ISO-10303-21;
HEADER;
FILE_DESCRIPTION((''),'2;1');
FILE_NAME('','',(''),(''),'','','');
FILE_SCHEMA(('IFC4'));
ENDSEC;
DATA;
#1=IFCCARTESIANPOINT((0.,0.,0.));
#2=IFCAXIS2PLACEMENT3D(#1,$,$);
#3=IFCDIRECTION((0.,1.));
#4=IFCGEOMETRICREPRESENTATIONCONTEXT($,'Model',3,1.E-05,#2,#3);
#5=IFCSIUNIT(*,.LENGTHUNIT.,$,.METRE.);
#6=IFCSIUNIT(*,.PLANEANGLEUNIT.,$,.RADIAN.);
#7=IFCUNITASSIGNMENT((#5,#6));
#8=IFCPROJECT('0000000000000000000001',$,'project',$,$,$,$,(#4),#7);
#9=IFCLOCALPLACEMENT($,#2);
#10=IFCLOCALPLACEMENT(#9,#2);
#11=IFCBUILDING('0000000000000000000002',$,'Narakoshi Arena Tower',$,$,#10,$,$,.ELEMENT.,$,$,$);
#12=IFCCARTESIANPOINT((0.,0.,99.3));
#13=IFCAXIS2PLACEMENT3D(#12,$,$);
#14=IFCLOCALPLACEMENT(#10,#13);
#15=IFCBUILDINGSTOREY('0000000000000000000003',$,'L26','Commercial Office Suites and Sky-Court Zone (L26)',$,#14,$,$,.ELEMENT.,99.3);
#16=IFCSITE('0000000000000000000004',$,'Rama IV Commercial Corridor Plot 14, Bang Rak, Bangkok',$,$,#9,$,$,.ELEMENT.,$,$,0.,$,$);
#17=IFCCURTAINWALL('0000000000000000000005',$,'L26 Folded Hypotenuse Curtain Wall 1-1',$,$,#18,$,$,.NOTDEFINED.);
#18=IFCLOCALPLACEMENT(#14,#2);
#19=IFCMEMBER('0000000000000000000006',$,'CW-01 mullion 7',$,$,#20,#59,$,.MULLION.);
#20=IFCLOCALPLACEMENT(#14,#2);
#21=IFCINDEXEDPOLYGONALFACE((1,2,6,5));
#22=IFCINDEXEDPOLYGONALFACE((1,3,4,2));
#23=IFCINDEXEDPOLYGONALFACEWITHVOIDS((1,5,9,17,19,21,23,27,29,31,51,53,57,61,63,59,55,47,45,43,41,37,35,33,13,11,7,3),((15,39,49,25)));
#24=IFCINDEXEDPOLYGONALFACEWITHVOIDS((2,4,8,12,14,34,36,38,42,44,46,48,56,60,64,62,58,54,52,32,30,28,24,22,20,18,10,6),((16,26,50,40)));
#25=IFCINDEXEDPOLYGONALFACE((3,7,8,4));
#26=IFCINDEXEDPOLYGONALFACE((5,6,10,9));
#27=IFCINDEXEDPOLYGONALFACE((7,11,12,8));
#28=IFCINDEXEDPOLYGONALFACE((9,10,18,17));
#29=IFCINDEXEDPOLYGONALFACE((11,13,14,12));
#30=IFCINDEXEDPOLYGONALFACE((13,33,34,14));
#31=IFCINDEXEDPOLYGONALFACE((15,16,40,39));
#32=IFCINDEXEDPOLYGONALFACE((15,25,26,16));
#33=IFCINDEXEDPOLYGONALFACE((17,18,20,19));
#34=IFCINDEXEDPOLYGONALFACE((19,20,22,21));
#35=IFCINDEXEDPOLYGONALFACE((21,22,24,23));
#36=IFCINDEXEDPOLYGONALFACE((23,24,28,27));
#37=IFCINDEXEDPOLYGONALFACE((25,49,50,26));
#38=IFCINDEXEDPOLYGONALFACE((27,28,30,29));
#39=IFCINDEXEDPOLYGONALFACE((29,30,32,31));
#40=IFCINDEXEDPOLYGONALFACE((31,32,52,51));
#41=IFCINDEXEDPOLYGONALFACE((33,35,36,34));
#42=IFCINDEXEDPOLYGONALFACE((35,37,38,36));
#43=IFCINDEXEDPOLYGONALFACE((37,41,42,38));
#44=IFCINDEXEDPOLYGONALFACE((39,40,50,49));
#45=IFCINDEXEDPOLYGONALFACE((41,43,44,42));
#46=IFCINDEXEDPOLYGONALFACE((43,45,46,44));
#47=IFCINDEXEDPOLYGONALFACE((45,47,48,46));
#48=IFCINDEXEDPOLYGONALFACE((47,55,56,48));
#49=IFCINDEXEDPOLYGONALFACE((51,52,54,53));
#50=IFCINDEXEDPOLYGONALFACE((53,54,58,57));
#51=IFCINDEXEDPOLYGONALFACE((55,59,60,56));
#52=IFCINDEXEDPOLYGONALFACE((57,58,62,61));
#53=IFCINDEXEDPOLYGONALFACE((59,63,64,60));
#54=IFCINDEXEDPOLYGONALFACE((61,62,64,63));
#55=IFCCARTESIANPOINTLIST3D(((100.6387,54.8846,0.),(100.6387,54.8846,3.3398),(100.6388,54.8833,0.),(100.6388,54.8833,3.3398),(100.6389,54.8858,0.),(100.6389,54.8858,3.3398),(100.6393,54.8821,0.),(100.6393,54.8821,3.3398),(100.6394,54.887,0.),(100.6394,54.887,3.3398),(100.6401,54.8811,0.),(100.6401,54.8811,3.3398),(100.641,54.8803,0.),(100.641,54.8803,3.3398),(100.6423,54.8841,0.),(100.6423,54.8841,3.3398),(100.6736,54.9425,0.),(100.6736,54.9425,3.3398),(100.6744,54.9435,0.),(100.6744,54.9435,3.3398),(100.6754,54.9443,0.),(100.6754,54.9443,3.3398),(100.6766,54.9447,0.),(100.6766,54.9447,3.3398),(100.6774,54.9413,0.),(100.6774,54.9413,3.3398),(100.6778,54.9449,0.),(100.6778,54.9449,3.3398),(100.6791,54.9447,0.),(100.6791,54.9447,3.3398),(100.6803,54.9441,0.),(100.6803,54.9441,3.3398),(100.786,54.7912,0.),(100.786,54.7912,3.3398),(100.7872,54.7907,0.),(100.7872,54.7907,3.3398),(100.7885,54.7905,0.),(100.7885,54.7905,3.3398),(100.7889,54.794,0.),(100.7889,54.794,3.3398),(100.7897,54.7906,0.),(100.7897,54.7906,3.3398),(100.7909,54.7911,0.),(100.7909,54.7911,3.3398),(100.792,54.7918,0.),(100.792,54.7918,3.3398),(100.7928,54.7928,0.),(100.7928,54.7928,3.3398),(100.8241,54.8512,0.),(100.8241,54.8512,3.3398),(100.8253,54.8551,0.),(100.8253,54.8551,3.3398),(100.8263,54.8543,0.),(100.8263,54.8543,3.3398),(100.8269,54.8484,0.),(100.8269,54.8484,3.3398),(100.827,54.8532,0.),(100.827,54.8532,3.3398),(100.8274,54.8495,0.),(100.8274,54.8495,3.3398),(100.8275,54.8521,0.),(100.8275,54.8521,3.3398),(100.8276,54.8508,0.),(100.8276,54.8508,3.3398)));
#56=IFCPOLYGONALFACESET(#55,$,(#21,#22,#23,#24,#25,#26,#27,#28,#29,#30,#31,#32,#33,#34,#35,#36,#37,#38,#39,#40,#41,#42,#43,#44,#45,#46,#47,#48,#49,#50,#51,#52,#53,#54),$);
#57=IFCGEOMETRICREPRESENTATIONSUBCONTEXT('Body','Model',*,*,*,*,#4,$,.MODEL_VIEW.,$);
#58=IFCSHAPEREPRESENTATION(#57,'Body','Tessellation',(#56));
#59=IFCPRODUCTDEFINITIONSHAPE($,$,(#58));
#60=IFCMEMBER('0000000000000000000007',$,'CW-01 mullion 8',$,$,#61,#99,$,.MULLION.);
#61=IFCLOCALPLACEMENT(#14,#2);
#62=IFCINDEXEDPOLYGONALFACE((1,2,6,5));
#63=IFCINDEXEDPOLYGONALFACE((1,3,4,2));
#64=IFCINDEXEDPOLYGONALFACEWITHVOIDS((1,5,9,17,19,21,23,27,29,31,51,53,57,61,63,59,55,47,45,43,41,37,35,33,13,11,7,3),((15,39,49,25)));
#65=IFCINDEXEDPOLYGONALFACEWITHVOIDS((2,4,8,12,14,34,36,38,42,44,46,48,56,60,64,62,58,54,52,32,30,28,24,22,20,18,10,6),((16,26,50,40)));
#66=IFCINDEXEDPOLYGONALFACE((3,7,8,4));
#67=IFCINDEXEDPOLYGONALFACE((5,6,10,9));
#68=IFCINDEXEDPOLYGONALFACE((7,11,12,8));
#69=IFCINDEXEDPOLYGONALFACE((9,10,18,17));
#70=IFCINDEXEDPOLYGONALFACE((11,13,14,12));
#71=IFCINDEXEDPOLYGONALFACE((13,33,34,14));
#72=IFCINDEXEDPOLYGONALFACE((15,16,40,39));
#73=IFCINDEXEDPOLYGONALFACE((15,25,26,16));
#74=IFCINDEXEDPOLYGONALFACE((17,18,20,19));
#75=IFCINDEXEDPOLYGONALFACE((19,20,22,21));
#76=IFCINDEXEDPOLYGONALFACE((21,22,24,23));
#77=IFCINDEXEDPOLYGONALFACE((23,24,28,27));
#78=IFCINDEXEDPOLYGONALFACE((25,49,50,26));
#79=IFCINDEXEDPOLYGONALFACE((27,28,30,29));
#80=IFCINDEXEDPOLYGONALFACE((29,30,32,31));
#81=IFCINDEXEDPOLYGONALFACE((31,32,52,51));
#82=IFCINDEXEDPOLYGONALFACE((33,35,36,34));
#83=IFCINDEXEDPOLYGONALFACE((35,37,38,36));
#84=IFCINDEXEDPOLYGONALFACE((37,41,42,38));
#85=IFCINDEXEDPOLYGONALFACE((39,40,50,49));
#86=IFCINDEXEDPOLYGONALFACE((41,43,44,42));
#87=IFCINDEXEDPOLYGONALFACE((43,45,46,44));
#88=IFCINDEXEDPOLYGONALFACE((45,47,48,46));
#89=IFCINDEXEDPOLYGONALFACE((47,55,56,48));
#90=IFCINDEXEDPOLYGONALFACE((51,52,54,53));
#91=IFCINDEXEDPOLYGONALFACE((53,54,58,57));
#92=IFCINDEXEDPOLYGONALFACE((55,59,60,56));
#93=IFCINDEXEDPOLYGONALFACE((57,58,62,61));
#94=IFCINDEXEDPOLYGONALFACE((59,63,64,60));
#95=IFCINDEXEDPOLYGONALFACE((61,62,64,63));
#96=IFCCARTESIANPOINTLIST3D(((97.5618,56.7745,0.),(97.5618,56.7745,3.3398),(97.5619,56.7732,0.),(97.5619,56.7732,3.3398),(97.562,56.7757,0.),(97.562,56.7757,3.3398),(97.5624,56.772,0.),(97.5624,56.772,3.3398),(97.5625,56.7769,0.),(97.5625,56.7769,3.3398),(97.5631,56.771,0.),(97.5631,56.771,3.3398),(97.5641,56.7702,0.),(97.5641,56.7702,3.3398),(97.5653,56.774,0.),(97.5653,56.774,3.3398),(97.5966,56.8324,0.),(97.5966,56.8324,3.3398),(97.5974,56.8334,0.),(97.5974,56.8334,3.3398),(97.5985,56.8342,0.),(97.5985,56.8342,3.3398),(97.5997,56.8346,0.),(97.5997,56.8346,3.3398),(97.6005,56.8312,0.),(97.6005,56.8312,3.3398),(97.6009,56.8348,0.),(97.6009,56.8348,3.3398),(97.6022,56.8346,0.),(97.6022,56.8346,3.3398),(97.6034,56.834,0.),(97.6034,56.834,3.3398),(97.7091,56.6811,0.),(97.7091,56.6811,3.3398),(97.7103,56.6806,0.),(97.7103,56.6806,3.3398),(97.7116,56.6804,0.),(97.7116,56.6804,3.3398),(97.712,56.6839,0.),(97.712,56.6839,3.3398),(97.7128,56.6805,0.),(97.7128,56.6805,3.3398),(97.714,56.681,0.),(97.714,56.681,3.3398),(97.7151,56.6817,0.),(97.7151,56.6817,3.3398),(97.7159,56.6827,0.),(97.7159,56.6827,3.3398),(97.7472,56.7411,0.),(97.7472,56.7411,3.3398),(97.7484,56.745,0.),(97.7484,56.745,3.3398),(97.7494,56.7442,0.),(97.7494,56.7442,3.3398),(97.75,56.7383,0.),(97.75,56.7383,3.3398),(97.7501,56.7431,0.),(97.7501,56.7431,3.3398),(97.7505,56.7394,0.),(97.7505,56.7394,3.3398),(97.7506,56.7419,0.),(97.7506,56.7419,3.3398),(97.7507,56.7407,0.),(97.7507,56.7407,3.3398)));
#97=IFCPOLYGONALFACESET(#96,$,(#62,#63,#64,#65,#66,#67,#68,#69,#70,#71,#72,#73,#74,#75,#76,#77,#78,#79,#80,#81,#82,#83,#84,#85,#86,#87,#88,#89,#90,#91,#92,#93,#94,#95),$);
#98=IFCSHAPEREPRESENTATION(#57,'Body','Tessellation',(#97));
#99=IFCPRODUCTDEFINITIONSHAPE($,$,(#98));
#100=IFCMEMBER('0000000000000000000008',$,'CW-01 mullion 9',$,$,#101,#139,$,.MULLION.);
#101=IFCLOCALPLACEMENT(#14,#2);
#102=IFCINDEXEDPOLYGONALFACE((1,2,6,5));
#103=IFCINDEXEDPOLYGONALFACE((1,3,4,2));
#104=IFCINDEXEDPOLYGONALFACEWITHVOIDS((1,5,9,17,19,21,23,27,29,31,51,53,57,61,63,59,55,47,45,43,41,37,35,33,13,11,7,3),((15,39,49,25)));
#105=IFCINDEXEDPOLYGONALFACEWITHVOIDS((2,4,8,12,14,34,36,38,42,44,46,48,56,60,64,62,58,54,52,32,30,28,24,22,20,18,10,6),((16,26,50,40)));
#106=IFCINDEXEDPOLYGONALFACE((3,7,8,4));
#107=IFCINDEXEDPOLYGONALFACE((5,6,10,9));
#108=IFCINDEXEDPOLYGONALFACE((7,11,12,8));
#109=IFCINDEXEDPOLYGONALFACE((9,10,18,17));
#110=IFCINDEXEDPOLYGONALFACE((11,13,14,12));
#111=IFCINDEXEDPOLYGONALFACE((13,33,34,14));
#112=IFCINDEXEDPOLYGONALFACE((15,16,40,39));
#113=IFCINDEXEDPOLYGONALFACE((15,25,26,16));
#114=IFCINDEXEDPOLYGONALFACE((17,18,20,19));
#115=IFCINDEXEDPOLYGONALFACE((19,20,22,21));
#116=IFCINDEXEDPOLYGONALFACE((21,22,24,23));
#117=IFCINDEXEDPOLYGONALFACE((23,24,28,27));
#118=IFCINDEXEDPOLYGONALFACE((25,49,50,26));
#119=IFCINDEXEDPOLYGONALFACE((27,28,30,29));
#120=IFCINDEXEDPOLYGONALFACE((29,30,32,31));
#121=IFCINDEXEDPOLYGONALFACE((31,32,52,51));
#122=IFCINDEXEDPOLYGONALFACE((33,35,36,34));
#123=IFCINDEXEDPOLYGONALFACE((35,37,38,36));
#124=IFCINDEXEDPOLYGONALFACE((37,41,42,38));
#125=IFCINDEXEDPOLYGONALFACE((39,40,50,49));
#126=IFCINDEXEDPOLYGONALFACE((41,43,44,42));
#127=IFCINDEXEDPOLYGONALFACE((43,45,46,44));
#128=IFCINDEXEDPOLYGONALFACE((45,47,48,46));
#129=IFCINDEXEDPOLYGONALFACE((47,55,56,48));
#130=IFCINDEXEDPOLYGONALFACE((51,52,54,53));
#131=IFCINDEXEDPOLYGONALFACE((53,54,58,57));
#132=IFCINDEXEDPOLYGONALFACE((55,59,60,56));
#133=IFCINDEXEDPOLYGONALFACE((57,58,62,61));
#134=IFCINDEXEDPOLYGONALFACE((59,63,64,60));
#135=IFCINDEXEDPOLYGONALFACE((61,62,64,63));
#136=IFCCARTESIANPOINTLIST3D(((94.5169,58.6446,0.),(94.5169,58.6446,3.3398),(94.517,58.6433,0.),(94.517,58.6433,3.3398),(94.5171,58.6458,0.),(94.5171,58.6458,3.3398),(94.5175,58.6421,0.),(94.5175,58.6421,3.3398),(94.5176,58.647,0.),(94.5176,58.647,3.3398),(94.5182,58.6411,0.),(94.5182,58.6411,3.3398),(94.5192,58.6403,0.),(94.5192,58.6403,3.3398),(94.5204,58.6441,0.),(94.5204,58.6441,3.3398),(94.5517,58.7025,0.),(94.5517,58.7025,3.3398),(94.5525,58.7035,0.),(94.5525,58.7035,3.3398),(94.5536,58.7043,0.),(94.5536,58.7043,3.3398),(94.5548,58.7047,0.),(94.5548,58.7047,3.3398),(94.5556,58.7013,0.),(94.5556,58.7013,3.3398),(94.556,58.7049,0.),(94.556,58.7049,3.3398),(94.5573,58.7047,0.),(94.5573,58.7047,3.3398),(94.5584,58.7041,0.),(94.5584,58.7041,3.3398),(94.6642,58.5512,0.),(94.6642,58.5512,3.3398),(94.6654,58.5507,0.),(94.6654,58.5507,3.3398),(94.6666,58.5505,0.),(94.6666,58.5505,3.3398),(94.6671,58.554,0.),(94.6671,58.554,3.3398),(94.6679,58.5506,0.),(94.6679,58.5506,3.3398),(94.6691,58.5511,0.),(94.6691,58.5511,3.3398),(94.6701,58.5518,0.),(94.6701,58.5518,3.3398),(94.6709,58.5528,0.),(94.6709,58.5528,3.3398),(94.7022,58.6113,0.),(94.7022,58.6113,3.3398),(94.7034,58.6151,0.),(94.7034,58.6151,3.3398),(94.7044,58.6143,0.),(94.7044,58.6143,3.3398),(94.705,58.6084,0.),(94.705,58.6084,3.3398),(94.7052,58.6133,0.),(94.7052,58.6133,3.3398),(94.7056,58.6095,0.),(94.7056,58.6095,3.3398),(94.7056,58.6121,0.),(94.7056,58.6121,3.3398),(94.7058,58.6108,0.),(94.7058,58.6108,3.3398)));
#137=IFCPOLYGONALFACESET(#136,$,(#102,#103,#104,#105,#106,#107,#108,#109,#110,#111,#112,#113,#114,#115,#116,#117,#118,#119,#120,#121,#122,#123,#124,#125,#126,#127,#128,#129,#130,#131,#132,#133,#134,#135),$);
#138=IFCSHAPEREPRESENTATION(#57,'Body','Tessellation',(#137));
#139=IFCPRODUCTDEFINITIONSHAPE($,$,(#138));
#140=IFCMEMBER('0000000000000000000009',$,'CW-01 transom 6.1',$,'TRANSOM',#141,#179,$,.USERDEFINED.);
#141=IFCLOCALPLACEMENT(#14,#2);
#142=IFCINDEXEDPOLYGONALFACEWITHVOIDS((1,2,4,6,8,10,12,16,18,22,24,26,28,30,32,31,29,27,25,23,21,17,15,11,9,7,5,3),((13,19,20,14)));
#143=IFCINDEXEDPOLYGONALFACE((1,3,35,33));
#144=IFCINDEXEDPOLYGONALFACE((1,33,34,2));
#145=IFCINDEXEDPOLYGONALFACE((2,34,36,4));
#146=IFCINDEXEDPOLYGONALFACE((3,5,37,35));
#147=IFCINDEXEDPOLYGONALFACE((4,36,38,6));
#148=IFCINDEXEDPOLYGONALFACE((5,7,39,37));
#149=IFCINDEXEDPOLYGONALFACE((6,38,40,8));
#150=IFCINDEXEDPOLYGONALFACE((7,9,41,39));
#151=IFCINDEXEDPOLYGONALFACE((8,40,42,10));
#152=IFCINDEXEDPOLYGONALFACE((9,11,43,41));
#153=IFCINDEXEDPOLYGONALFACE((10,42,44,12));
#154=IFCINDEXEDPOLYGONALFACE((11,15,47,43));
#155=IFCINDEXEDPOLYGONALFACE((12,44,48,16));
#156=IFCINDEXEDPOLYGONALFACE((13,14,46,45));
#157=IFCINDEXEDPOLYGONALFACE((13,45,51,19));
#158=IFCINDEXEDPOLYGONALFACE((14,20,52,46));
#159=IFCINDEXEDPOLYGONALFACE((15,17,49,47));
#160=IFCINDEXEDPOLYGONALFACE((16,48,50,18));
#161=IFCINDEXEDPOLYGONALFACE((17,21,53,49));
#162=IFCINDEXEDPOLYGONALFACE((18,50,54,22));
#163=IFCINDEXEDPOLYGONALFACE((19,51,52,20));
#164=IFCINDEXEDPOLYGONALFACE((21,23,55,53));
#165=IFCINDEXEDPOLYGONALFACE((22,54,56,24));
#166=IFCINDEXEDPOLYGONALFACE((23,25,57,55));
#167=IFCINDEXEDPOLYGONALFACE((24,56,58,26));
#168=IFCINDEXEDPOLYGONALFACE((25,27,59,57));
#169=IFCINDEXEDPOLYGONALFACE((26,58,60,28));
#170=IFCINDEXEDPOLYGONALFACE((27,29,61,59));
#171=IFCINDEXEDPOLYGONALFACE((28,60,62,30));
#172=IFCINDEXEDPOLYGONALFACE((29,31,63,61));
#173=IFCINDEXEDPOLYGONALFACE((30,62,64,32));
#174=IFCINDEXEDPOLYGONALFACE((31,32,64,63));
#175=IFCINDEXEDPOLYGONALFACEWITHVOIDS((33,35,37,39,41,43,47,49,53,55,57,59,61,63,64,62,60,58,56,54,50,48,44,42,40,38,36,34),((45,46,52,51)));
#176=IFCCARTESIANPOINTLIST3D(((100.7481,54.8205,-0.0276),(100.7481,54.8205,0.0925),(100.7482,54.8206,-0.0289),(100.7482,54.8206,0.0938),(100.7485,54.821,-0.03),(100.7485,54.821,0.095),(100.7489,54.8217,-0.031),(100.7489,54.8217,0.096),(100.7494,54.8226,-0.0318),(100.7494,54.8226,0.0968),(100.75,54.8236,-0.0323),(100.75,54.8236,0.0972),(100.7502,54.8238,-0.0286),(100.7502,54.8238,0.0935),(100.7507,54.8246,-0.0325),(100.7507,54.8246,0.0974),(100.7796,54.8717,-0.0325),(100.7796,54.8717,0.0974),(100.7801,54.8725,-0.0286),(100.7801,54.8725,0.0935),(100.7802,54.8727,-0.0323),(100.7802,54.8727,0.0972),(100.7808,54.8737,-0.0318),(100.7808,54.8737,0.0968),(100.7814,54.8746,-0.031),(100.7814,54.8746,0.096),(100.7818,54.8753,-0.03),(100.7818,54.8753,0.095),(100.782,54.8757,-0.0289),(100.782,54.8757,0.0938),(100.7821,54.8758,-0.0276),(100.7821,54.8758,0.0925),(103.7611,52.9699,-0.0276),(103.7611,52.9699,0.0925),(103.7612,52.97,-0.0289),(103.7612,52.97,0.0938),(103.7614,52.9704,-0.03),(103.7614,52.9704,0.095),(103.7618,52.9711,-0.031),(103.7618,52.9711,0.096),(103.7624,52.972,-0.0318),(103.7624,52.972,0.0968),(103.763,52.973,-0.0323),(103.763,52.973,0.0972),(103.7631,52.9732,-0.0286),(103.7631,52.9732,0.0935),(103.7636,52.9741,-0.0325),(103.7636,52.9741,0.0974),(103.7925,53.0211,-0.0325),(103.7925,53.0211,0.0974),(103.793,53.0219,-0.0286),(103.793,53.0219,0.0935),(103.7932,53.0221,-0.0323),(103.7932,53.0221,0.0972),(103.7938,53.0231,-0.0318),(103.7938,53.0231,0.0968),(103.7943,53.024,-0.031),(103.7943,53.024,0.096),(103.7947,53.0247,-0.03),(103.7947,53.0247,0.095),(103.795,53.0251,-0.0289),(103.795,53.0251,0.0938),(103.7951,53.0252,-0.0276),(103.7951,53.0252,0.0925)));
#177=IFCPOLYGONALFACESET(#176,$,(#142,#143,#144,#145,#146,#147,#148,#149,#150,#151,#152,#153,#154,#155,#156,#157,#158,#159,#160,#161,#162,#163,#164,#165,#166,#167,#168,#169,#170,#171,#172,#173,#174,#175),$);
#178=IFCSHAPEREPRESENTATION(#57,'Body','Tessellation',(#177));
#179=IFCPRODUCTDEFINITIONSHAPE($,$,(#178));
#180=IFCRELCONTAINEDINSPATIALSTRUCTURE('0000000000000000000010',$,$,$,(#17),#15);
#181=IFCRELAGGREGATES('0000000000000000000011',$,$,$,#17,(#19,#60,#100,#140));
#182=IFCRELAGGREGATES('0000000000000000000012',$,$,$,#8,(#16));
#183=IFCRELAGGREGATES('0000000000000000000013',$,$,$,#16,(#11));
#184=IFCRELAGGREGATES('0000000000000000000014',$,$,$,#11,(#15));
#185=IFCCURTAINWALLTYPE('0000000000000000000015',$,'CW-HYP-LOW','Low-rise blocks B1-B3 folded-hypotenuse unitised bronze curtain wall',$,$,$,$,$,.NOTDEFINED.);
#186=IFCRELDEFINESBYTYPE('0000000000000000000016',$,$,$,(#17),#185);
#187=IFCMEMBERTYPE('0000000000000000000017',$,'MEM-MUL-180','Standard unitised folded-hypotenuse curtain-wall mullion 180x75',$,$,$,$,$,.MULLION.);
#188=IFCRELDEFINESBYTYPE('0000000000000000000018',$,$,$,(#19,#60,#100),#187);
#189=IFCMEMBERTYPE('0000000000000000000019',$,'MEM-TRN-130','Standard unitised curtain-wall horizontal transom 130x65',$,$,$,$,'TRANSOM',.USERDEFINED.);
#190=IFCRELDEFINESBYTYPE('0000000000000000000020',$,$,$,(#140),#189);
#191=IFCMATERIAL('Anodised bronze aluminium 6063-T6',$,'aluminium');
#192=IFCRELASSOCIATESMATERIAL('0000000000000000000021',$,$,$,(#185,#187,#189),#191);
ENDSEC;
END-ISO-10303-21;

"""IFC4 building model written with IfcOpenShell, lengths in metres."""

from ifc_helpers import new_model, si_unit, direction, frame, origin, origin_2d, place, context, subcontext, project, spatial, hollow_rectangle, extrude, material, material_profile, profile_set, type_object, element, aggregate, save


model = new_model("IFC4")

# Units and contexts
model_context = context("Model", 3, precision=1e-05, world=origin(), true_north=direction((0.0, 1.0)))
body_context = subcontext(model_context, "Body", "Model", "MODEL_VIEW")
ifc_project = project(units=[si_unit("LENGTHUNIT", "METRE"), si_unit("PLANEANGLEUNIT", "RADIAN")], contexts=[model_context])

# Site, building, storey
site_placement = place(None, origin())
site = spatial("IfcSite", under=ifc_project, at=site_placement, Name="Rama IV Commercial Corridor Plot 14, Bang Rak, Bangkok", CompositionType="ELEMENT", RefElevation=0.0)
building_placement = place(site_placement, origin())
building = spatial("IfcBuilding", under=site, at=building_placement, Name="Narakoshi Arena Tower", CompositionType="ELEMENT")
storey_placement = place(building_placement, frame((0.0, 0.0, 99.3)))
storey = spatial("IfcBuildingStorey", under=building, at=storey_placement, Name="L26", Description="Commercial Office Suites and Sky-Court Zone (L26)", CompositionType="ELEMENT", Elevation=99.3)

# Curtain wall, members
ifc_material_1 = material(Name="Anodised bronze aluminium 6063-T6", Category="aluminium")
curtain_wall_type = type_object("IfcCurtainWallType", Name="CW-HYP-LOW", Description="Low-rise blocks B1-B3 folded-hypotenuse unitised bronze curtain wall", PredefinedType="NOTDEFINED", material=ifc_material_1)
curtain_wall_placement = place(storey_placement, origin())
curtain_wall = element("IfcCurtainWall", 1, at=curtain_wall_placement, inside=storey, type_object=curtain_wall_type, Name="L26 Folded Hypotenuse Curtain Wall 1-1", PredefinedType="NOTDEFINED")
ifc_material_profile_1 = material_profile(ifc_material_1, hollow_rectangle(XDim=0.075, YDim=0.1799, WallThickness=0.0039, OuterFilletRadius=0.0049, at=origin_2d()), Name="MUL180x75x4")
ifc_profile_set_1 = profile_set([ifc_material_profile_1], Name="Anodised bronze aluminium 6063-T6")
member_type_1 = type_object("IfcMemberType", Name="MEM-MUL-180", Description="Standard unitised folded-hypotenuse curtain-wall mullion 180x75", PredefinedType="MULLION", material=ifc_profile_set_1)
member_1_placement = place(storey_placement, frame((100.7332, 54.8677, 0.0), z_axis=(0.0, 0.0, 1.0), x_axis=(-0.523358, -0.852113, 0.0)))
member_1 = element("IfcMember", 2, at=member_1_placement, type_object=member_type_1, Name="CW-01 mullion 7", PredefinedType="MULLION", context=body_context, shape_type="SweptSolid", body=[
    extrude(hollow_rectangle(XDim=0.075, YDim=0.1799, WallThickness=0.0039, OuterFilletRadius=0.0049, at=origin_2d()), origin(), (0.0, 0.0, 1.0), 3.3398),
])
member_2_placement = place(storey_placement, frame((97.6562, 56.7576, 0.0), z_axis=(0.0, 0.0, 1.0), x_axis=(-0.523358, -0.852113, 0.0)))
member_2 = element("IfcMember", 3, at=member_2_placement, type_object=member_type_1, Name="CW-01 mullion 8", PredefinedType="MULLION", context=body_context, shape_type="SweptSolid", body=[
    extrude(hollow_rectangle(XDim=0.075, YDim=0.1799, WallThickness=0.0039, OuterFilletRadius=0.0049, at=origin_2d()), origin(), (0.0, 0.0, 1.0), 3.3398),
])
member_3_placement = place(storey_placement, frame((94.6113, 58.6277, 0.0), z_axis=(0.0, 0.0, 1.0), x_axis=(-0.523358, -0.852113, 0.0)))
member_3 = element("IfcMember", 4, at=member_3_placement, type_object=member_type_1, Name="CW-01 mullion 9", PredefinedType="MULLION", context=body_context, shape_type="SweptSolid", body=[
    extrude(hollow_rectangle(XDim=0.075, YDim=0.1799, WallThickness=0.0039, OuterFilletRadius=0.0049, at=origin_2d()), origin(), (0.0, 0.0, 1.0), 3.3398),
])
ifc_material_profile_2 = material_profile(ifc_material_1, hollow_rectangle(XDim=0.0649, YDim=0.1299, WallThickness=0.0039, OuterFilletRadius=0.0049, at=origin_2d()), Name="TRN130x65x4")
ifc_profile_set_2 = profile_set([ifc_material_profile_2], Name="Anodised bronze aluminium 6063-T6")
member_type_2 = type_object("IfcMemberType", Name="MEM-TRN-130", Description="Standard unitised curtain-wall horizontal transom 130x65", ElementType="TRANSOM", PredefinedType="USERDEFINED", material=ifc_profile_set_2)
member_4_placement = place(storey_placement, frame((103.7781, 52.9976, 0.0325), z_axis=(-0.852104, 0.523373, 0.0), x_axis=(-0.523373, -0.852104, 0.0)))
member_4 = element("IfcMember", 5, at=member_4_placement, type_object=member_type_2, Name="CW-01 transom 6.1", ObjectType="TRANSOM", PredefinedType="USERDEFINED", context=body_context, shape_type="SweptSolid", body=[
    extrude(hollow_rectangle(XDim=0.0649, YDim=0.1299, WallThickness=0.0039, OuterFilletRadius=0.0049, at=origin_2d()), origin(), (0.0, 0.0, 1.0), 3.5359),
])
aggregate(curtain_wall, [member_1, member_2, member_3, member_4])

save(model, "model.ifc")
